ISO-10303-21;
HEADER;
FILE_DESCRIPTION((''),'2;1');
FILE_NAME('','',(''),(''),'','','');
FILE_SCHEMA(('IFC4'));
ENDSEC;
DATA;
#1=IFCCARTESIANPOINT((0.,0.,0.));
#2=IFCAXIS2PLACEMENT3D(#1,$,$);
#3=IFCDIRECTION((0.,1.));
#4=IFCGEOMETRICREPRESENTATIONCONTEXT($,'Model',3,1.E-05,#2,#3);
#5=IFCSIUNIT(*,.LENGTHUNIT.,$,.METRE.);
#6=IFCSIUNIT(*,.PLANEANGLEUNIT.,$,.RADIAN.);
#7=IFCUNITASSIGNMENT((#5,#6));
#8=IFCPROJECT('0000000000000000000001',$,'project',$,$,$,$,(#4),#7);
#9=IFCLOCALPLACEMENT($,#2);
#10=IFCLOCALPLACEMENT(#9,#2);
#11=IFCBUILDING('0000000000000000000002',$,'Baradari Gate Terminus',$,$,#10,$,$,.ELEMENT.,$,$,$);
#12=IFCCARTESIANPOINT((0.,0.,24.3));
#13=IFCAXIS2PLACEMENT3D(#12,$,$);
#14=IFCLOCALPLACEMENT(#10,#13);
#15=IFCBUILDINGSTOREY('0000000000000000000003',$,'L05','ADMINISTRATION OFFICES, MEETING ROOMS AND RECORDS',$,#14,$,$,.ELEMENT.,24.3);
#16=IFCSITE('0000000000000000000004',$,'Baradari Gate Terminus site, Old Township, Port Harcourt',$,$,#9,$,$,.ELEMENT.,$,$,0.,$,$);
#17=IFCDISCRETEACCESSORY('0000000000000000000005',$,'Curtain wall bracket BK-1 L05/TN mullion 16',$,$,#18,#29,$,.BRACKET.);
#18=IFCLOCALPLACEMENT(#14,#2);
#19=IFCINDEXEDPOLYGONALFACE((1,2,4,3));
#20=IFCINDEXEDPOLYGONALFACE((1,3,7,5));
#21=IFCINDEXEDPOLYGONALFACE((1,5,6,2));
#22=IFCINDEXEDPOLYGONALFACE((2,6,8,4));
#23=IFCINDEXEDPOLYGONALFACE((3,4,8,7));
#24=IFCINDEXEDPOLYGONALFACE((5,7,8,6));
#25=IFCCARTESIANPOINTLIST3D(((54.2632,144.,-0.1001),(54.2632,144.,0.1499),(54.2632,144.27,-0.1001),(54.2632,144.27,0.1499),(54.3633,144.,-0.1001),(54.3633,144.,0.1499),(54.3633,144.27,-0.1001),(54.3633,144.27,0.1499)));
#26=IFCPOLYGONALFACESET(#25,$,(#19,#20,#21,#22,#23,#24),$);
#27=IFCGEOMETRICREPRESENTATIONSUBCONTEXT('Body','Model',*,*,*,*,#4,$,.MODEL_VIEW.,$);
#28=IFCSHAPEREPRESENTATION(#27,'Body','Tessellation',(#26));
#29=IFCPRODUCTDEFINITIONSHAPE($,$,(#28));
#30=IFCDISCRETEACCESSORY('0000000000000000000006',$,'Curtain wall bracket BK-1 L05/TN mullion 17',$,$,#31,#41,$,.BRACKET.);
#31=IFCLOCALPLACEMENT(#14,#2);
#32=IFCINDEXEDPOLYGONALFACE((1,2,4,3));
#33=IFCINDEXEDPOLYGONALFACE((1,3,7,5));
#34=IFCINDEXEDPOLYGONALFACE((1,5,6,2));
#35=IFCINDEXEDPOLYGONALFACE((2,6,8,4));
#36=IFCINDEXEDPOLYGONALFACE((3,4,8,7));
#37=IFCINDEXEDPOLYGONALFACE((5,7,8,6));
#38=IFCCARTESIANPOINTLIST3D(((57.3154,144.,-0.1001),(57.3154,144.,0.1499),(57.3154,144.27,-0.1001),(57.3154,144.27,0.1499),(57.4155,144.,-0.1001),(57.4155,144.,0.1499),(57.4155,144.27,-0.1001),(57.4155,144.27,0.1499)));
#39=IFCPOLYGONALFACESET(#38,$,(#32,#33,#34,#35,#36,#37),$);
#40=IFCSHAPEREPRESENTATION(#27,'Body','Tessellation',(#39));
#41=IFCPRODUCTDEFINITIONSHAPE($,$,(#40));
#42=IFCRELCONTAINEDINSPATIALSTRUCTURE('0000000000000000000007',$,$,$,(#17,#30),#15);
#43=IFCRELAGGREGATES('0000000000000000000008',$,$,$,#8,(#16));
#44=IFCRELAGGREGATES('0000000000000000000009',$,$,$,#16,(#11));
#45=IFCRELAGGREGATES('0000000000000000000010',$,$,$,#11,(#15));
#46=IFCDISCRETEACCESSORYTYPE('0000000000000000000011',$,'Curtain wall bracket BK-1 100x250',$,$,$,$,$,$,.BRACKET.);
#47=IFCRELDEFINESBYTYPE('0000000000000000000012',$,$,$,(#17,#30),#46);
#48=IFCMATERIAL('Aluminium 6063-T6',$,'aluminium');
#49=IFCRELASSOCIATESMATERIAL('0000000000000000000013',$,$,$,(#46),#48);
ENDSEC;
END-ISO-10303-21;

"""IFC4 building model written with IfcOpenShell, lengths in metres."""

from ifc_helpers import new_model, si_unit, direction, frame, origin, origin_2d, place, context, subcontext, project, spatial, rectangle, extrude, material, type_object, element, save


model = new_model("IFC4")

# Units and contexts
model_context = context("Model", 3, precision=1e-05, world=origin(), true_north=direction((0.0, 1.0)))
body_context = subcontext(model_context, "Body", "Model", "MODEL_VIEW")
ifc_project = project(units=[si_unit("LENGTHUNIT", "METRE"), si_unit("PLANEANGLEUNIT", "RADIAN")], contexts=[model_context])

# Site, building, storey
site_placement = place(None, origin())
site = spatial("IfcSite", under=ifc_project, at=site_placement, Name="Baradari Gate Terminus site, Old Township, Port Harcourt", CompositionType="ELEMENT", RefElevation=0.0)
building_placement = place(site_placement, origin())
building = spatial("IfcBuilding", under=site, at=building_placement, Name="Baradari Gate Terminus", CompositionType="ELEMENT")
storey_placement = place(building_placement, frame((0.0, 0.0, 24.3)))
storey = spatial("IfcBuildingStorey", under=building, at=storey_placement, Name="L05", Description="ADMINISTRATION OFFICES, MEETING ROOMS AND RECORDS", CompositionType="ELEMENT", Elevation=24.3)

# Discrete accessories
ifc_material_1 = material(Name="Aluminium 6063-T6", Category="aluminium")
discrete_accessory_type = type_object("IfcDiscreteAccessoryType", Name="Curtain wall bracket BK-1 100x250", PredefinedType="BRACKET", material=ifc_material_1)
for number, where, z_axis, x_axis, name in (
    (1, (54.3132, 144.135, -0.1001), (0.0, 0.0, 1.0), (0.0, 1.0, 0.0), "Curtain wall bracket BK-1 L05/TN mullion 16"),
    (2, (57.3655, 144.135, -0.1001), (0.0, 0.0, 1.0), (0.0, 1.0, 0.0), "Curtain wall bracket BK-1 L05/TN mullion 17"),
):
    element("IfcDiscreteAccessory", number, at=place(storey_placement, frame(where, z_axis=z_axis, x_axis=x_axis)), inside=storey, type_object=discrete_accessory_type, Name=name, PredefinedType="BRACKET", context=body_context, shape_type="SweptSolid", body=[
        extrude(rectangle(XDim=0.27, YDim=0.1001, at=origin_2d()), origin(), (0.0, 0.0, 1.0), 0.25),
    ])

save(model, "model.ifc")
